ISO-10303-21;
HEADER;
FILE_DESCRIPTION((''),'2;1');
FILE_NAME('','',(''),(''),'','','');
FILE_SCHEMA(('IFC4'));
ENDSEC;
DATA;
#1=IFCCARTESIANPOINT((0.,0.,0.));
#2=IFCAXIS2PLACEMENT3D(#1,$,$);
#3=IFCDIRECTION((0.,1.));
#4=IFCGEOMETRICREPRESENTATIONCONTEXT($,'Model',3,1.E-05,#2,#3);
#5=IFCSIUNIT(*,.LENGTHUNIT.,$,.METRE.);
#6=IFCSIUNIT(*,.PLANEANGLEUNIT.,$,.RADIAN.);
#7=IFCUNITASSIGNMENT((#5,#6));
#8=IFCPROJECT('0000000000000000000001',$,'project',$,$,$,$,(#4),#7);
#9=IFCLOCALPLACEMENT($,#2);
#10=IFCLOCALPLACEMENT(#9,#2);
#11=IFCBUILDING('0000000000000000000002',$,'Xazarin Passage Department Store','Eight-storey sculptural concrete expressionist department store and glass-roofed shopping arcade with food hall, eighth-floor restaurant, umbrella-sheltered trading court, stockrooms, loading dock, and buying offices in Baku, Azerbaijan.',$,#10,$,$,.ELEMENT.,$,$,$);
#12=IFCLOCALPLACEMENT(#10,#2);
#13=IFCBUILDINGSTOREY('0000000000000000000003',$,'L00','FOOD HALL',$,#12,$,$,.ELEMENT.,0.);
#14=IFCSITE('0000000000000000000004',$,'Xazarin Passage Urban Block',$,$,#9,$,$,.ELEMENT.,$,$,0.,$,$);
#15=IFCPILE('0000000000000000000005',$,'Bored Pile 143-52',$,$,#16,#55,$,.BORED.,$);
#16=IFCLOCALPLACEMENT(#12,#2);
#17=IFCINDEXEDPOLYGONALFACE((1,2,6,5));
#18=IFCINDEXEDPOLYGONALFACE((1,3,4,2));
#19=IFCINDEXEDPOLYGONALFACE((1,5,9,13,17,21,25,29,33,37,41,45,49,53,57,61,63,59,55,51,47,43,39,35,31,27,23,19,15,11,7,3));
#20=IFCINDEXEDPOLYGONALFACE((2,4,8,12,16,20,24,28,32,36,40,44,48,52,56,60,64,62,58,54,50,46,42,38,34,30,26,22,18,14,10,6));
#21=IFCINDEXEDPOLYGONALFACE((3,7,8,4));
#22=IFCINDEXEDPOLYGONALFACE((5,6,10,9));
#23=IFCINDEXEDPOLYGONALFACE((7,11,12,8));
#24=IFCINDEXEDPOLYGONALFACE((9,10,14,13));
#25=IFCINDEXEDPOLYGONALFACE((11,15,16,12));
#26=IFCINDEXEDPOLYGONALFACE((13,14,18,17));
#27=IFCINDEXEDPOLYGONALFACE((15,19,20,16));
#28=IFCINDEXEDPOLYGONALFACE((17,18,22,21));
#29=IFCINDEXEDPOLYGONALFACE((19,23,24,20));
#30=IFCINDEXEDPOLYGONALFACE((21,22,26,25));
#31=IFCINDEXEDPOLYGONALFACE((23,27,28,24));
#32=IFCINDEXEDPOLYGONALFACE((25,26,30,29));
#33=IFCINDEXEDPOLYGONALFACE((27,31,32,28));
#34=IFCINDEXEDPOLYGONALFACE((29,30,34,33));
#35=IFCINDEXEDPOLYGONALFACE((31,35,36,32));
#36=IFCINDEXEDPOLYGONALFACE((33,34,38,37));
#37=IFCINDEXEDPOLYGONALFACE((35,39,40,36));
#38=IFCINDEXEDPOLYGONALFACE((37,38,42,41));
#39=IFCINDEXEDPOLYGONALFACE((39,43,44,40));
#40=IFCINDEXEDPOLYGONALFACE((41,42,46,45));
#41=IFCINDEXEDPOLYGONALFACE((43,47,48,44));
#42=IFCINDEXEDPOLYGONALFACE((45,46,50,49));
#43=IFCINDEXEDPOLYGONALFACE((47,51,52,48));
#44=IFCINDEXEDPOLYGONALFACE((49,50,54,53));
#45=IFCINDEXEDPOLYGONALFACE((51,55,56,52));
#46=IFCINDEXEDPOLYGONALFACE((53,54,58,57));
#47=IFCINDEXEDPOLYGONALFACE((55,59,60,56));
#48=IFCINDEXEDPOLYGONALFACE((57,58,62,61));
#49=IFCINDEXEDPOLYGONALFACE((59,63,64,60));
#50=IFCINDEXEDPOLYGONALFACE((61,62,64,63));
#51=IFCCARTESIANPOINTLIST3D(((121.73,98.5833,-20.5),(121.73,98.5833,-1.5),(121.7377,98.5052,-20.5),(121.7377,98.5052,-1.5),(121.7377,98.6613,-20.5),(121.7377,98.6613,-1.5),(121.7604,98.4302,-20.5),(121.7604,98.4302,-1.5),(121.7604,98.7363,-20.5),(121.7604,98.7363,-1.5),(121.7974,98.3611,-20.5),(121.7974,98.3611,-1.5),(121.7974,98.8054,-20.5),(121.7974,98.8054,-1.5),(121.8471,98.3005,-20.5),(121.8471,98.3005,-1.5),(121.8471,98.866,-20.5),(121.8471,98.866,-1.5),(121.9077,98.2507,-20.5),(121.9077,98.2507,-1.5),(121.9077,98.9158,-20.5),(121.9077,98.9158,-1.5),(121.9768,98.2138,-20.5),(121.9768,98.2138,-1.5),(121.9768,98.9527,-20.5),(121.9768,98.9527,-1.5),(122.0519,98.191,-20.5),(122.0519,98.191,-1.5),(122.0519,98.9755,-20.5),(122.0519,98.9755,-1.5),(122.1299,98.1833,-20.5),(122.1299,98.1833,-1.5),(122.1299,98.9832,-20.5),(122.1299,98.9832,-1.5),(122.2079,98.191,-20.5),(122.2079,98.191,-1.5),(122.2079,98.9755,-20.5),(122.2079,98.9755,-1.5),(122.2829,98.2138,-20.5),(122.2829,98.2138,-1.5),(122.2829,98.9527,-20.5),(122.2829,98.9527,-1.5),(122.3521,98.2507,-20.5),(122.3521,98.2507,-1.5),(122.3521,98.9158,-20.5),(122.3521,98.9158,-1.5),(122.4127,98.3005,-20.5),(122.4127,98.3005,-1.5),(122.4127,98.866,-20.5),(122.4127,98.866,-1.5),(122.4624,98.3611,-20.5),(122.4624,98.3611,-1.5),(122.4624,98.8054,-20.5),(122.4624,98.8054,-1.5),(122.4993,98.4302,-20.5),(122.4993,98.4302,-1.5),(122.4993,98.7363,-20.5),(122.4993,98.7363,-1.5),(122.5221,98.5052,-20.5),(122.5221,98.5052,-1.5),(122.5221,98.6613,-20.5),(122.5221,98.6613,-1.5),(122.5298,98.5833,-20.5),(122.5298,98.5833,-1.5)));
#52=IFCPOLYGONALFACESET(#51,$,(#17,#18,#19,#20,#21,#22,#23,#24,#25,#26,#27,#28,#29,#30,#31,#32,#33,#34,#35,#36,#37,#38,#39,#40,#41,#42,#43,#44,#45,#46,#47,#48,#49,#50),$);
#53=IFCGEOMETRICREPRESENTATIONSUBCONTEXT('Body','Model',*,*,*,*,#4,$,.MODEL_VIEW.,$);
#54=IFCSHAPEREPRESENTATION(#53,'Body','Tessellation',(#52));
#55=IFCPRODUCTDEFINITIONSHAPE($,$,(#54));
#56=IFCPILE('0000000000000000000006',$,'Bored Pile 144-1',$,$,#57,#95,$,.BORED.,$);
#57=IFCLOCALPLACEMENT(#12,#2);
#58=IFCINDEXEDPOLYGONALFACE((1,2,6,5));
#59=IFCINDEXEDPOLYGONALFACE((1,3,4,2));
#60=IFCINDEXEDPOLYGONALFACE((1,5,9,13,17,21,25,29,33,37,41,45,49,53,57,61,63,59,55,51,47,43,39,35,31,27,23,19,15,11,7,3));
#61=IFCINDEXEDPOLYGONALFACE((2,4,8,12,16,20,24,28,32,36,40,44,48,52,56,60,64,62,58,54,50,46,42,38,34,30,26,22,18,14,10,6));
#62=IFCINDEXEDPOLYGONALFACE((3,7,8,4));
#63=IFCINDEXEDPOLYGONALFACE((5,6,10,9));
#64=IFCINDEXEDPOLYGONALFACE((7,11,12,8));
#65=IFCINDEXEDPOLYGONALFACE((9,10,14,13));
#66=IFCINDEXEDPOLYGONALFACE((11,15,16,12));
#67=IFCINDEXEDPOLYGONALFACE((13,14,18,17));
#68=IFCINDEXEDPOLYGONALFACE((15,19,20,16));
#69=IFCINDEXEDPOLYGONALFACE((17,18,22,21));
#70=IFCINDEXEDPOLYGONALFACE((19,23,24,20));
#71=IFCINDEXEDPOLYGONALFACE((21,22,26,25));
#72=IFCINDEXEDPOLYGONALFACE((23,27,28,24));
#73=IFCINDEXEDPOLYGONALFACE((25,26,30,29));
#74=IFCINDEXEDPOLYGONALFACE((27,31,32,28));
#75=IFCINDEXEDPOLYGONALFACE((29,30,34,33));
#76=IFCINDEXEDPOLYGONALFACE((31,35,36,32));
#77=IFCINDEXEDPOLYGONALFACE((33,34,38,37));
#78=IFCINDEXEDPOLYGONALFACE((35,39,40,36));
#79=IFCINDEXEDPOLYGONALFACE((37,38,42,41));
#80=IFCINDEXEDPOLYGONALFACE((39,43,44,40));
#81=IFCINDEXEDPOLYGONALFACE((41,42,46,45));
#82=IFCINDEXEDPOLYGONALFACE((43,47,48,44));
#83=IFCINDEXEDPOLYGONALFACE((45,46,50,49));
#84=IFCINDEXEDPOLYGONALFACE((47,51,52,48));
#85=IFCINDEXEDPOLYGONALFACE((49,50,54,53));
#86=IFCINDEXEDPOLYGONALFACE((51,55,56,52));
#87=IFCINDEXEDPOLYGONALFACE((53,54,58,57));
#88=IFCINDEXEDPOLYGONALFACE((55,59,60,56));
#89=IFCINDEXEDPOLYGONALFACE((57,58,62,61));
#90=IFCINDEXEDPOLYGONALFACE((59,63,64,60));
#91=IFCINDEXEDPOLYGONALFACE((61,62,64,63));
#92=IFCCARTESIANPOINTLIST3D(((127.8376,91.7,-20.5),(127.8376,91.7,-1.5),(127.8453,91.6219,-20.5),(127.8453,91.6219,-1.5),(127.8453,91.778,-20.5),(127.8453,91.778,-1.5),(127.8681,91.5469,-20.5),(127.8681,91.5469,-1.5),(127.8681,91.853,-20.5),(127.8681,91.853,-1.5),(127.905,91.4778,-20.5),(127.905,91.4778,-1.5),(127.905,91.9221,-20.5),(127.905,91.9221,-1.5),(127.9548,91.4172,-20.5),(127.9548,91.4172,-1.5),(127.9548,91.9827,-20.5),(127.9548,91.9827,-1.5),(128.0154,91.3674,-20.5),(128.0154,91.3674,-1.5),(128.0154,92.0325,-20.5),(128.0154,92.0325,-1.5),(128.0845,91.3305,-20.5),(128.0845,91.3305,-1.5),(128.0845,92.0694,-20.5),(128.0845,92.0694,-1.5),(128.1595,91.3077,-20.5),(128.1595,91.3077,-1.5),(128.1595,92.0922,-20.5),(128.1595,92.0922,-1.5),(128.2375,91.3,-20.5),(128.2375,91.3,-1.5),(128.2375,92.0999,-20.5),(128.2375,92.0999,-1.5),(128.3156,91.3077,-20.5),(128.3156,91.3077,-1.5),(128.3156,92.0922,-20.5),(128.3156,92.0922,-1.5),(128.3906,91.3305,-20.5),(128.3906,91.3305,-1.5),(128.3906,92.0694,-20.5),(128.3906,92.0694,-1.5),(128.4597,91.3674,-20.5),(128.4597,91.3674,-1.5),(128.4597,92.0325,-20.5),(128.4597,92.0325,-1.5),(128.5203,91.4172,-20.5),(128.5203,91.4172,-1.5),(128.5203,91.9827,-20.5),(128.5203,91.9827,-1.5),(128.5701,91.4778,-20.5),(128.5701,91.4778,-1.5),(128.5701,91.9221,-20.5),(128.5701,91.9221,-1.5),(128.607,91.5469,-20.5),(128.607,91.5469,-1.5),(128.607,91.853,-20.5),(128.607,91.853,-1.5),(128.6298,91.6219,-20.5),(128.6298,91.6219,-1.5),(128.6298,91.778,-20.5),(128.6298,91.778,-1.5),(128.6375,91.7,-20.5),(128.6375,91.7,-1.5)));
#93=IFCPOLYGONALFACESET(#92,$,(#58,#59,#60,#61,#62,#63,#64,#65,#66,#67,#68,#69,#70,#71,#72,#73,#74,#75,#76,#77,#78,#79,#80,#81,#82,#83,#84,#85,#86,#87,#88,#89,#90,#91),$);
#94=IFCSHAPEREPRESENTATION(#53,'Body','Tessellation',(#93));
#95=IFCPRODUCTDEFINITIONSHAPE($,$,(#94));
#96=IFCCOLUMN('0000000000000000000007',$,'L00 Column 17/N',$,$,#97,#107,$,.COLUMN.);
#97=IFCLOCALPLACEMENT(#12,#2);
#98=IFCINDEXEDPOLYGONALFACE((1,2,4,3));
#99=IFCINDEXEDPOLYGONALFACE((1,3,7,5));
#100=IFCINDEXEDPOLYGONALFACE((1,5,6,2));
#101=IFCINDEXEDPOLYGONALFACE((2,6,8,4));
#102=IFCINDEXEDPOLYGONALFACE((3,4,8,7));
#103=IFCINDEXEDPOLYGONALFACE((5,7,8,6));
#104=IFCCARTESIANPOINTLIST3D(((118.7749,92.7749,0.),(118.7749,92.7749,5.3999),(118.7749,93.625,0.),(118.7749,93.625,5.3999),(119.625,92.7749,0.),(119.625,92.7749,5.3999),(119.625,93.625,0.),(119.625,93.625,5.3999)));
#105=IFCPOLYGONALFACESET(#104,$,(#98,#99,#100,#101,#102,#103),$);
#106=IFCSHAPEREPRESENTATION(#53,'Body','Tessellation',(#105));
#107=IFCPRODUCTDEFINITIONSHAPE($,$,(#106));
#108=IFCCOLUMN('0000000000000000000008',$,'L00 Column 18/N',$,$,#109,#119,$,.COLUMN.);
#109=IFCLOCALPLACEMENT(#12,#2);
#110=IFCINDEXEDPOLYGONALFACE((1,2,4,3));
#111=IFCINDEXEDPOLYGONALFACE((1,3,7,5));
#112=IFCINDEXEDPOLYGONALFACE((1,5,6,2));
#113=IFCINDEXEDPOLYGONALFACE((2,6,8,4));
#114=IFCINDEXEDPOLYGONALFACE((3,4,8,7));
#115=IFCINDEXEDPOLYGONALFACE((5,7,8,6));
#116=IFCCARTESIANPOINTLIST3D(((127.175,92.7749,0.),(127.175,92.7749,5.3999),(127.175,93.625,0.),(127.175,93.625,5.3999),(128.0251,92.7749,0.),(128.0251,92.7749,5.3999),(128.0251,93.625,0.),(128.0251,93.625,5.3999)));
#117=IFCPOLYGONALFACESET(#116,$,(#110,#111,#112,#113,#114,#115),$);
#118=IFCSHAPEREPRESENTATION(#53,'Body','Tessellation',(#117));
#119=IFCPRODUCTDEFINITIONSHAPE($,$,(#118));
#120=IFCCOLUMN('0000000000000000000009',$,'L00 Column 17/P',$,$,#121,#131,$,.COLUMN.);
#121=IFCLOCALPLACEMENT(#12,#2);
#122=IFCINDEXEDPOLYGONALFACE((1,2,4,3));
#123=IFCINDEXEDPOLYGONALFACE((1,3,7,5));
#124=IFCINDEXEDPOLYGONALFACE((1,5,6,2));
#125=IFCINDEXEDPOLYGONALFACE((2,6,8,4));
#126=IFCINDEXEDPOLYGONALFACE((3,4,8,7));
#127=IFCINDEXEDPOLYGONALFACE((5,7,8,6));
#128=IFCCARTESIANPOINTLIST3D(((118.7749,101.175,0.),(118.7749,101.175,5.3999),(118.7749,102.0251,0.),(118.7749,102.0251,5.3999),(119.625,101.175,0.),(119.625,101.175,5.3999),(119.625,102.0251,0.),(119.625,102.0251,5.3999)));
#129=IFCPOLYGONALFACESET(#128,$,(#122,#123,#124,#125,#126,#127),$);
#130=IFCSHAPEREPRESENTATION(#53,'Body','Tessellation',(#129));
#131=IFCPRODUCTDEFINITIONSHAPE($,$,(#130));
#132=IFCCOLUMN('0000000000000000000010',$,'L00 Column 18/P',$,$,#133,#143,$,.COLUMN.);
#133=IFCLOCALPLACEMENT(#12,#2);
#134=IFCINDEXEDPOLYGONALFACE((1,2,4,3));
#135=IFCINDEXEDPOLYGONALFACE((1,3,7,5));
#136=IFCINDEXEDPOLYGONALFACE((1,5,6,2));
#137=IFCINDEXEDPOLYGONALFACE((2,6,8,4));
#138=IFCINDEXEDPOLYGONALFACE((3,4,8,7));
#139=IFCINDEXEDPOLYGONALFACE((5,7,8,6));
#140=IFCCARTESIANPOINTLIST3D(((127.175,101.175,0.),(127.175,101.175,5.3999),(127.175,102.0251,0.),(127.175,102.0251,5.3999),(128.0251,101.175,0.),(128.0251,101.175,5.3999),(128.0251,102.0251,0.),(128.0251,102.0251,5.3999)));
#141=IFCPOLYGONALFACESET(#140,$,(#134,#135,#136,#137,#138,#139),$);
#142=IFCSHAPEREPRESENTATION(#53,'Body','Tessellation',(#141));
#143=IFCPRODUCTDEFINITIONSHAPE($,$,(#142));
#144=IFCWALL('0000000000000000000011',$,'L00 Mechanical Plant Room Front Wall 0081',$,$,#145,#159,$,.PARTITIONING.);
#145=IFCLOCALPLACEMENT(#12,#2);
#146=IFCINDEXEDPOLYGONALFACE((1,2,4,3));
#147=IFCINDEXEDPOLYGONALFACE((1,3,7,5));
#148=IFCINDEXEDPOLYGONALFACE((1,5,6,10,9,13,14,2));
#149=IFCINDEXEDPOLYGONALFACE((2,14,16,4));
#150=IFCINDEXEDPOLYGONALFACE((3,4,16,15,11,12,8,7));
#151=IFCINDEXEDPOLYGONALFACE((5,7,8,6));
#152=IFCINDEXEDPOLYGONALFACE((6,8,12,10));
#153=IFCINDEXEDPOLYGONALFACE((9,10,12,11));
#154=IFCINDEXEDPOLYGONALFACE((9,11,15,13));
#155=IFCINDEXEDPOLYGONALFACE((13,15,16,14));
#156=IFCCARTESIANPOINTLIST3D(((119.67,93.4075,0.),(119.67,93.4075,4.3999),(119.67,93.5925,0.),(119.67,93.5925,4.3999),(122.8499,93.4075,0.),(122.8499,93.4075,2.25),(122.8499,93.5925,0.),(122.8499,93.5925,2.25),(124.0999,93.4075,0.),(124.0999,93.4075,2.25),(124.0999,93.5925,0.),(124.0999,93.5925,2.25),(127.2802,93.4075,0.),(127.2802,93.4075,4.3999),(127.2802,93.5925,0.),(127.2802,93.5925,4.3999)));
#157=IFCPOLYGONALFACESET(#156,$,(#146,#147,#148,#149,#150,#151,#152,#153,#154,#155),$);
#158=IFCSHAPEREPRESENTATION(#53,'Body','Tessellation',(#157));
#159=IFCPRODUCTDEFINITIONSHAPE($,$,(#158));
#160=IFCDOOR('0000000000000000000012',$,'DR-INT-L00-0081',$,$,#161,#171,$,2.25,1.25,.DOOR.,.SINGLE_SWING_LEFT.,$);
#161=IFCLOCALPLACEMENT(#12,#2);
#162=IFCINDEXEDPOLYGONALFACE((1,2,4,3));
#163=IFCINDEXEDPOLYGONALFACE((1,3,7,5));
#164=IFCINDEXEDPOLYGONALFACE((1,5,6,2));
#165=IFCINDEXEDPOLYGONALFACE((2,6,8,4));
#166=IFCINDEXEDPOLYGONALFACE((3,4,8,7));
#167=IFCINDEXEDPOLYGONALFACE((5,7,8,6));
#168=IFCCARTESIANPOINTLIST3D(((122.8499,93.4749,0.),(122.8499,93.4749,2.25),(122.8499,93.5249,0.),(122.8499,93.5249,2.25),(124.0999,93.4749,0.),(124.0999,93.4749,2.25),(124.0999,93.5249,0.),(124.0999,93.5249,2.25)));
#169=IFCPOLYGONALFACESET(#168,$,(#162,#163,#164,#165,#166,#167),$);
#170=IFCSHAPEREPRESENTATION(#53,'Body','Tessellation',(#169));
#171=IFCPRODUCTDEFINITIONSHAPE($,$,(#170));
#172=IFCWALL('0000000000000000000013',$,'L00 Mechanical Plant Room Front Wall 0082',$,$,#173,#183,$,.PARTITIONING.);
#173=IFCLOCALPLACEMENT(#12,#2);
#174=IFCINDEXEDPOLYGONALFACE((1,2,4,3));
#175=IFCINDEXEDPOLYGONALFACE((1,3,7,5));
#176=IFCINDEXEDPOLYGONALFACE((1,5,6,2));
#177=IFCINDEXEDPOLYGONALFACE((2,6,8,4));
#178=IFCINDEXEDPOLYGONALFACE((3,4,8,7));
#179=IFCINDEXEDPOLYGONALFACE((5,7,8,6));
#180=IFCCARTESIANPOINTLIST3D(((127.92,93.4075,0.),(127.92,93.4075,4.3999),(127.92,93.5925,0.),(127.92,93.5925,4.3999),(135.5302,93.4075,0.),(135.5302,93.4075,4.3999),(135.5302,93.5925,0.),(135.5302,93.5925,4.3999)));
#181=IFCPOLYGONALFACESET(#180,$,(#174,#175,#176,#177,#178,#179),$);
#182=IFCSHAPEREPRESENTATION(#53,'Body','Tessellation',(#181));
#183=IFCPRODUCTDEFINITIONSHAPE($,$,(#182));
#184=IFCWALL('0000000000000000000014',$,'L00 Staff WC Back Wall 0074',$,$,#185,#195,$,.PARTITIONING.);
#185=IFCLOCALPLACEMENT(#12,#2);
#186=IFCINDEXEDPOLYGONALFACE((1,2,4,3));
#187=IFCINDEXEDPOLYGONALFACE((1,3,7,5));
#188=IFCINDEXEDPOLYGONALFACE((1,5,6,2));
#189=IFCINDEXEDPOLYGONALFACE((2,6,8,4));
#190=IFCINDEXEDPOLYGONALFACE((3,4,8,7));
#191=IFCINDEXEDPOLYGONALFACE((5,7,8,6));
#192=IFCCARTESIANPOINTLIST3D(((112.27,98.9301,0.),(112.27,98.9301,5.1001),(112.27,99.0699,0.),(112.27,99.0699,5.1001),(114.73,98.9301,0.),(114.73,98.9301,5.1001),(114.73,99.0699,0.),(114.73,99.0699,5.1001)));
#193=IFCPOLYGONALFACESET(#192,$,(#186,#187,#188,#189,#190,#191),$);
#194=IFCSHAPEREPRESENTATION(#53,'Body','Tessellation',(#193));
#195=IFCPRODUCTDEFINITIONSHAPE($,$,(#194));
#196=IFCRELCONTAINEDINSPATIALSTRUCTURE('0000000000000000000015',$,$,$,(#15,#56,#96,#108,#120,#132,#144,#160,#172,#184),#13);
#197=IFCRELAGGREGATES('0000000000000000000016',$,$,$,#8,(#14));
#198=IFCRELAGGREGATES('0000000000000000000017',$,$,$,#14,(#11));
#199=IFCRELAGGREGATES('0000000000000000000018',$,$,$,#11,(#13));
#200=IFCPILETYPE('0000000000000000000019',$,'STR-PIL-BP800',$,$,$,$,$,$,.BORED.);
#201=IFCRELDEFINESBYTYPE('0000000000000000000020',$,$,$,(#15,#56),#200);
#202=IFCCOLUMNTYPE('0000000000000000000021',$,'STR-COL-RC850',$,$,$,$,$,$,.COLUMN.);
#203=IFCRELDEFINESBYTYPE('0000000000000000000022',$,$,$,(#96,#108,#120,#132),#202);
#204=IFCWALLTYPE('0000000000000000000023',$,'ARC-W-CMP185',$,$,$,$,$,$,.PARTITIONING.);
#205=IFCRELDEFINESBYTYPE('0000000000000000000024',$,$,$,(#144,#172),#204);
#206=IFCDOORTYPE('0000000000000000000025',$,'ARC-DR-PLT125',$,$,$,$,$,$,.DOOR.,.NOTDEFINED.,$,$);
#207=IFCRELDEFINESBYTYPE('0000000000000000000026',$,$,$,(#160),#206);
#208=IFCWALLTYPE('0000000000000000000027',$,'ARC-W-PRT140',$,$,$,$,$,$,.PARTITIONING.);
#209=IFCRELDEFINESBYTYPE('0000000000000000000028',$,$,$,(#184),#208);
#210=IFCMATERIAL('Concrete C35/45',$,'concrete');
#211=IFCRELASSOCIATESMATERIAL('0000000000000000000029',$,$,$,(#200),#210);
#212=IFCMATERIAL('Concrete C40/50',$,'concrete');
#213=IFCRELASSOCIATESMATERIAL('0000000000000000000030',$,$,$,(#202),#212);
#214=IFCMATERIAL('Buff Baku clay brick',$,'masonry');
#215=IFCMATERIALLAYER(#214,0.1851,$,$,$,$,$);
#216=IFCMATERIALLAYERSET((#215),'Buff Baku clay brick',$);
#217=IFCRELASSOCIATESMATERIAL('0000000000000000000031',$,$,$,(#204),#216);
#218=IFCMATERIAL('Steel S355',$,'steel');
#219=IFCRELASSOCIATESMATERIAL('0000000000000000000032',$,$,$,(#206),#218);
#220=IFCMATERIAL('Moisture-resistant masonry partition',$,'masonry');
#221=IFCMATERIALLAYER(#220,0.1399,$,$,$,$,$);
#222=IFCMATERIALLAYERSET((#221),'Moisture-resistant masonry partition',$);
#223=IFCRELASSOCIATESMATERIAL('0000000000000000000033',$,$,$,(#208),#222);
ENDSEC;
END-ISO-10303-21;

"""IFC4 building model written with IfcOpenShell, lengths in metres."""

from ifc_helpers import new_model, si_unit, direction, frame, frame_2d, origin, origin_2d, place, context, subcontext, project, spatial, rectangle, circle, extrude, material, layer, layer_set, material_profile, profile_set, type_object, element, fill, save


model = new_model("IFC4")

# Units and contexts
model_context = context("Model", 3, precision=1e-05, world=origin(), true_north=direction((0.0, 1.0)))
body_context = subcontext(model_context, "Body", "Model", "MODEL_VIEW")
ifc_project = project(units=[si_unit("LENGTHUNIT", "METRE"), si_unit("PLANEANGLEUNIT", "RADIAN")], contexts=[model_context])

# Site, building, storey
site_placement = place(None, origin())
site = spatial("IfcSite", under=ifc_project, at=site_placement, Name="Xazarin Passage Urban Block", CompositionType="ELEMENT", RefElevation=0.0)
building_placement = place(site_placement, origin())
building = spatial("IfcBuilding", under=site, at=building_placement, Name="Xazarin Passage Department Store", Description="Eight-storey sculptural concrete expressionist department store and glass-roofed shopping arcade with food hall, eighth-floor restaurant, umbrella-sheltered trading court, stockrooms, loading dock, and buying offices in Baku, Azerbaijan.", CompositionType="ELEMENT")
storey_placement = place(building_placement, origin())
storey = spatial("IfcBuildingStorey", under=building, at=storey_placement, Name="L00", Description="FOOD HALL", CompositionType="ELEMENT", Elevation=0.0)

# Piles
ifc_material_1 = material(Name="Concrete C35/45", Category="concrete")
ifc_material_profile_1 = material_profile(ifc_material_1, circle(Radius=0.3999, at=origin_2d()), Name="BP 800")
ifc_profile_set_1 = profile_set([ifc_material_profile_1], Name="Concrete C35/45")
pile_type_1 = type_object("IfcPileType", Name="STR-PIL-BP800", PredefinedType="BORED", material=ifc_profile_set_1)
for number, where, z_axis, x_axis, name in (
    (1, (122.1299, 98.5833, -1.5), (0.0, 0.0, -1.0), (1.0, 0.0, 0.0), "Bored Pile 143-52"),
    (2, (128.2375, 91.7, -1.5), (0.0, 0.0, -1.0), (1.0, 0.0, 0.0), "Bored Pile 144-1"),
):
    element("IfcPile", number, at=place(storey_placement, frame(where, z_axis=z_axis, x_axis=x_axis)), inside=storey, type_object=pile_type_1, Name=name, PredefinedType="BORED", context=body_context, shape_type="SweptSolid", body=[
        extrude(circle(Radius=0.3999, at=origin_2d()), origin(), (0.0, 0.0, 1.0), 19.0),
    ])

# Columns
ifc_material_2 = material(Name="Concrete C40/50", Category="concrete")
ifc_material_profile_2 = material_profile(ifc_material_2, rectangle(XDim=0.8501, YDim=0.8501, at=origin_2d()), Name="RC 850x850")
ifc_profile_set_2 = profile_set([ifc_material_profile_2], Name="Concrete C40/50")
column_type = type_object("IfcColumnType", Name="STR-COL-RC850", PredefinedType="COLUMN", material=ifc_profile_set_2)
for number, where, z_axis, x_axis, name in (
    (3, (119.2, 93.2, 0.0), (0.0, 0.0, 1.0), (1.0, 0.0, 0.0), "L00 Column 17/N"),
    (4, (127.6001, 93.2, 0.0), (0.0, 0.0, 1.0), (1.0, 0.0, 0.0), "L00 Column 18/N"),
    (5, (119.2, 101.6001, 0.0), (0.0, 0.0, 1.0), (1.0, 0.0, 0.0), "L00 Column 17/P"),
    (6, (127.6001, 101.6001, 0.0), (0.0, 0.0, 1.0), (1.0, 0.0, 0.0), "L00 Column 18/P"),
):
    element("IfcColumn", number, at=place(storey_placement, frame(where, z_axis=z_axis, x_axis=x_axis)), inside=storey, type_object=column_type, Name=name, PredefinedType="COLUMN", context=body_context, shape_type="SweptSolid", body=[
        extrude(rectangle(XDim=0.8501, YDim=0.8501, at=origin_2d()), origin(), (0.0, 0.0, 1.0), 5.3999),
    ])

# Wall, opening, door
ifc_material_3 = material(Name="Buff Baku clay brick", Category="masonry")
ifc_layer_1 = layer(ifc_material_3, 0.1851)
ifc_layer_set_1 = layer_set([ifc_layer_1], Name="Buff Baku clay brick")
wall_type_1 = type_object("IfcWallType", Name="ARC-W-CMP185", PredefinedType="PARTITIONING", material=ifc_layer_set_1)
wall_1_placement = place(storey_placement, frame((119.6699, 93.5, 0.0), z_axis=(0.0, 0.0, 1.0), x_axis=(1.0, 0.0, 0.0)))
wall_1 = element("IfcWall", 7, at=wall_1_placement, inside=storey, type_object=wall_type_1, Name="L00 Mechanical Plant Room Front Wall 0081", PredefinedType="PARTITIONING", context=body_context, shape_type="SweptSolid", body=[
    extrude(rectangle(XDim=7.6101, YDim=0.1851, at=frame_2d((3.8052, 0.0))), origin(), (0.0, 0.0, 1.0), 4.3999),
])
opening_1_placement = place(wall_1_placement, frame((3.1799, 0.0, 0.0)))
opening_1 = element("IfcOpeningElement", 8, at=opening_1_placement, cuts=wall_1, PredefinedType="OPENING", context=body_context, shape_type="SweptSolid", body=[
    extrude(rectangle(XDim=1.25, YDim=2.25, at=frame_2d((0.625, 1.125))), frame((0.0, 0.1025, 0.0), z_axis=(0.0, -1.0, 0.0), x_axis=(1.0, 0.0, 0.0)), (0.0, 0.0, 1.0), 0.2051),
])
ifc_material_4 = material(Name="Steel S355", Category="steel")
door_type_1 = type_object("IfcDoorType", Name="ARC-DR-PLT125", OperationType="NOTDEFINED", PredefinedType="DOOR", material=ifc_material_4)
door_1_placement = place(opening_1_placement, origin())
door_1 = element("IfcDoor", 9, at=door_1_placement, inside=storey, type_object=door_type_1, Name="DR-INT-L00-0081", OperationType="SINGLE_SWING_LEFT", OverallHeight=2.25, OverallWidth=1.25, PredefinedType="DOOR", context=body_context, shape_type="SweptSolid", body=[
    extrude(rectangle(XDim=1.25, YDim=2.25, at=frame_2d((0.625, 1.125))), frame((0.0, 0.0249, 0.0), z_axis=(0.0, -1.0, 0.0), x_axis=(1.0, 0.0, 0.0)), (0.0, 0.0, 1.0), 0.05),
])
fill(opening_1, door_1)

# Wall
wall_2_placement = place(storey_placement, frame((127.9199, 93.5, 0.0), z_axis=(0.0, 0.0, 1.0), x_axis=(1.0, 0.0, 0.0)))
element("IfcWall", 10, at=wall_2_placement, inside=storey, type_object=wall_type_1, Name="L00 Mechanical Plant Room Front Wall 0082", PredefinedType="PARTITIONING", context=body_context, shape_type="SweptSolid", body=[
    extrude(rectangle(XDim=7.6101, YDim=0.1851, at=frame_2d((3.8052, 0.0))), origin(), (0.0, 0.0, 1.0), 4.3999),
])

# Shared definitions
ifc_material_5 = material(Name="Moisture-resistant masonry partition", Category="masonry")
ifc_layer_2 = layer(ifc_material_5, 0.1399)
ifc_layer_set_2 = layer_set([ifc_layer_2], Name="Moisture-resistant masonry partition")
wall_type_2 = type_object("IfcWallType", Name="ARC-W-PRT140", PredefinedType="PARTITIONING", material=ifc_layer_set_2)

# Wall
for number, where, z_axis, x_axis, name in (
    (11, (112.27, 99.0, 0.0), (0.0, 0.0, 1.0), (1.0, 0.0, 0.0), "L00 Staff WC Back Wall 0074"),
):
    element("IfcWall", number, at=place(storey_placement, frame(where, z_axis=z_axis, x_axis=x_axis)), inside=storey, type_object=wall_type_2, Name=name, PredefinedType="PARTITIONING", context=body_context, shape_type="SweptSolid", body=[
        extrude(rectangle(XDim=2.46, YDim=0.1399, at=frame_2d((1.23, 0.0))), origin(), (0.0, 0.0, 1.0), 5.1001),
    ])

save(model, "model.ifc")
